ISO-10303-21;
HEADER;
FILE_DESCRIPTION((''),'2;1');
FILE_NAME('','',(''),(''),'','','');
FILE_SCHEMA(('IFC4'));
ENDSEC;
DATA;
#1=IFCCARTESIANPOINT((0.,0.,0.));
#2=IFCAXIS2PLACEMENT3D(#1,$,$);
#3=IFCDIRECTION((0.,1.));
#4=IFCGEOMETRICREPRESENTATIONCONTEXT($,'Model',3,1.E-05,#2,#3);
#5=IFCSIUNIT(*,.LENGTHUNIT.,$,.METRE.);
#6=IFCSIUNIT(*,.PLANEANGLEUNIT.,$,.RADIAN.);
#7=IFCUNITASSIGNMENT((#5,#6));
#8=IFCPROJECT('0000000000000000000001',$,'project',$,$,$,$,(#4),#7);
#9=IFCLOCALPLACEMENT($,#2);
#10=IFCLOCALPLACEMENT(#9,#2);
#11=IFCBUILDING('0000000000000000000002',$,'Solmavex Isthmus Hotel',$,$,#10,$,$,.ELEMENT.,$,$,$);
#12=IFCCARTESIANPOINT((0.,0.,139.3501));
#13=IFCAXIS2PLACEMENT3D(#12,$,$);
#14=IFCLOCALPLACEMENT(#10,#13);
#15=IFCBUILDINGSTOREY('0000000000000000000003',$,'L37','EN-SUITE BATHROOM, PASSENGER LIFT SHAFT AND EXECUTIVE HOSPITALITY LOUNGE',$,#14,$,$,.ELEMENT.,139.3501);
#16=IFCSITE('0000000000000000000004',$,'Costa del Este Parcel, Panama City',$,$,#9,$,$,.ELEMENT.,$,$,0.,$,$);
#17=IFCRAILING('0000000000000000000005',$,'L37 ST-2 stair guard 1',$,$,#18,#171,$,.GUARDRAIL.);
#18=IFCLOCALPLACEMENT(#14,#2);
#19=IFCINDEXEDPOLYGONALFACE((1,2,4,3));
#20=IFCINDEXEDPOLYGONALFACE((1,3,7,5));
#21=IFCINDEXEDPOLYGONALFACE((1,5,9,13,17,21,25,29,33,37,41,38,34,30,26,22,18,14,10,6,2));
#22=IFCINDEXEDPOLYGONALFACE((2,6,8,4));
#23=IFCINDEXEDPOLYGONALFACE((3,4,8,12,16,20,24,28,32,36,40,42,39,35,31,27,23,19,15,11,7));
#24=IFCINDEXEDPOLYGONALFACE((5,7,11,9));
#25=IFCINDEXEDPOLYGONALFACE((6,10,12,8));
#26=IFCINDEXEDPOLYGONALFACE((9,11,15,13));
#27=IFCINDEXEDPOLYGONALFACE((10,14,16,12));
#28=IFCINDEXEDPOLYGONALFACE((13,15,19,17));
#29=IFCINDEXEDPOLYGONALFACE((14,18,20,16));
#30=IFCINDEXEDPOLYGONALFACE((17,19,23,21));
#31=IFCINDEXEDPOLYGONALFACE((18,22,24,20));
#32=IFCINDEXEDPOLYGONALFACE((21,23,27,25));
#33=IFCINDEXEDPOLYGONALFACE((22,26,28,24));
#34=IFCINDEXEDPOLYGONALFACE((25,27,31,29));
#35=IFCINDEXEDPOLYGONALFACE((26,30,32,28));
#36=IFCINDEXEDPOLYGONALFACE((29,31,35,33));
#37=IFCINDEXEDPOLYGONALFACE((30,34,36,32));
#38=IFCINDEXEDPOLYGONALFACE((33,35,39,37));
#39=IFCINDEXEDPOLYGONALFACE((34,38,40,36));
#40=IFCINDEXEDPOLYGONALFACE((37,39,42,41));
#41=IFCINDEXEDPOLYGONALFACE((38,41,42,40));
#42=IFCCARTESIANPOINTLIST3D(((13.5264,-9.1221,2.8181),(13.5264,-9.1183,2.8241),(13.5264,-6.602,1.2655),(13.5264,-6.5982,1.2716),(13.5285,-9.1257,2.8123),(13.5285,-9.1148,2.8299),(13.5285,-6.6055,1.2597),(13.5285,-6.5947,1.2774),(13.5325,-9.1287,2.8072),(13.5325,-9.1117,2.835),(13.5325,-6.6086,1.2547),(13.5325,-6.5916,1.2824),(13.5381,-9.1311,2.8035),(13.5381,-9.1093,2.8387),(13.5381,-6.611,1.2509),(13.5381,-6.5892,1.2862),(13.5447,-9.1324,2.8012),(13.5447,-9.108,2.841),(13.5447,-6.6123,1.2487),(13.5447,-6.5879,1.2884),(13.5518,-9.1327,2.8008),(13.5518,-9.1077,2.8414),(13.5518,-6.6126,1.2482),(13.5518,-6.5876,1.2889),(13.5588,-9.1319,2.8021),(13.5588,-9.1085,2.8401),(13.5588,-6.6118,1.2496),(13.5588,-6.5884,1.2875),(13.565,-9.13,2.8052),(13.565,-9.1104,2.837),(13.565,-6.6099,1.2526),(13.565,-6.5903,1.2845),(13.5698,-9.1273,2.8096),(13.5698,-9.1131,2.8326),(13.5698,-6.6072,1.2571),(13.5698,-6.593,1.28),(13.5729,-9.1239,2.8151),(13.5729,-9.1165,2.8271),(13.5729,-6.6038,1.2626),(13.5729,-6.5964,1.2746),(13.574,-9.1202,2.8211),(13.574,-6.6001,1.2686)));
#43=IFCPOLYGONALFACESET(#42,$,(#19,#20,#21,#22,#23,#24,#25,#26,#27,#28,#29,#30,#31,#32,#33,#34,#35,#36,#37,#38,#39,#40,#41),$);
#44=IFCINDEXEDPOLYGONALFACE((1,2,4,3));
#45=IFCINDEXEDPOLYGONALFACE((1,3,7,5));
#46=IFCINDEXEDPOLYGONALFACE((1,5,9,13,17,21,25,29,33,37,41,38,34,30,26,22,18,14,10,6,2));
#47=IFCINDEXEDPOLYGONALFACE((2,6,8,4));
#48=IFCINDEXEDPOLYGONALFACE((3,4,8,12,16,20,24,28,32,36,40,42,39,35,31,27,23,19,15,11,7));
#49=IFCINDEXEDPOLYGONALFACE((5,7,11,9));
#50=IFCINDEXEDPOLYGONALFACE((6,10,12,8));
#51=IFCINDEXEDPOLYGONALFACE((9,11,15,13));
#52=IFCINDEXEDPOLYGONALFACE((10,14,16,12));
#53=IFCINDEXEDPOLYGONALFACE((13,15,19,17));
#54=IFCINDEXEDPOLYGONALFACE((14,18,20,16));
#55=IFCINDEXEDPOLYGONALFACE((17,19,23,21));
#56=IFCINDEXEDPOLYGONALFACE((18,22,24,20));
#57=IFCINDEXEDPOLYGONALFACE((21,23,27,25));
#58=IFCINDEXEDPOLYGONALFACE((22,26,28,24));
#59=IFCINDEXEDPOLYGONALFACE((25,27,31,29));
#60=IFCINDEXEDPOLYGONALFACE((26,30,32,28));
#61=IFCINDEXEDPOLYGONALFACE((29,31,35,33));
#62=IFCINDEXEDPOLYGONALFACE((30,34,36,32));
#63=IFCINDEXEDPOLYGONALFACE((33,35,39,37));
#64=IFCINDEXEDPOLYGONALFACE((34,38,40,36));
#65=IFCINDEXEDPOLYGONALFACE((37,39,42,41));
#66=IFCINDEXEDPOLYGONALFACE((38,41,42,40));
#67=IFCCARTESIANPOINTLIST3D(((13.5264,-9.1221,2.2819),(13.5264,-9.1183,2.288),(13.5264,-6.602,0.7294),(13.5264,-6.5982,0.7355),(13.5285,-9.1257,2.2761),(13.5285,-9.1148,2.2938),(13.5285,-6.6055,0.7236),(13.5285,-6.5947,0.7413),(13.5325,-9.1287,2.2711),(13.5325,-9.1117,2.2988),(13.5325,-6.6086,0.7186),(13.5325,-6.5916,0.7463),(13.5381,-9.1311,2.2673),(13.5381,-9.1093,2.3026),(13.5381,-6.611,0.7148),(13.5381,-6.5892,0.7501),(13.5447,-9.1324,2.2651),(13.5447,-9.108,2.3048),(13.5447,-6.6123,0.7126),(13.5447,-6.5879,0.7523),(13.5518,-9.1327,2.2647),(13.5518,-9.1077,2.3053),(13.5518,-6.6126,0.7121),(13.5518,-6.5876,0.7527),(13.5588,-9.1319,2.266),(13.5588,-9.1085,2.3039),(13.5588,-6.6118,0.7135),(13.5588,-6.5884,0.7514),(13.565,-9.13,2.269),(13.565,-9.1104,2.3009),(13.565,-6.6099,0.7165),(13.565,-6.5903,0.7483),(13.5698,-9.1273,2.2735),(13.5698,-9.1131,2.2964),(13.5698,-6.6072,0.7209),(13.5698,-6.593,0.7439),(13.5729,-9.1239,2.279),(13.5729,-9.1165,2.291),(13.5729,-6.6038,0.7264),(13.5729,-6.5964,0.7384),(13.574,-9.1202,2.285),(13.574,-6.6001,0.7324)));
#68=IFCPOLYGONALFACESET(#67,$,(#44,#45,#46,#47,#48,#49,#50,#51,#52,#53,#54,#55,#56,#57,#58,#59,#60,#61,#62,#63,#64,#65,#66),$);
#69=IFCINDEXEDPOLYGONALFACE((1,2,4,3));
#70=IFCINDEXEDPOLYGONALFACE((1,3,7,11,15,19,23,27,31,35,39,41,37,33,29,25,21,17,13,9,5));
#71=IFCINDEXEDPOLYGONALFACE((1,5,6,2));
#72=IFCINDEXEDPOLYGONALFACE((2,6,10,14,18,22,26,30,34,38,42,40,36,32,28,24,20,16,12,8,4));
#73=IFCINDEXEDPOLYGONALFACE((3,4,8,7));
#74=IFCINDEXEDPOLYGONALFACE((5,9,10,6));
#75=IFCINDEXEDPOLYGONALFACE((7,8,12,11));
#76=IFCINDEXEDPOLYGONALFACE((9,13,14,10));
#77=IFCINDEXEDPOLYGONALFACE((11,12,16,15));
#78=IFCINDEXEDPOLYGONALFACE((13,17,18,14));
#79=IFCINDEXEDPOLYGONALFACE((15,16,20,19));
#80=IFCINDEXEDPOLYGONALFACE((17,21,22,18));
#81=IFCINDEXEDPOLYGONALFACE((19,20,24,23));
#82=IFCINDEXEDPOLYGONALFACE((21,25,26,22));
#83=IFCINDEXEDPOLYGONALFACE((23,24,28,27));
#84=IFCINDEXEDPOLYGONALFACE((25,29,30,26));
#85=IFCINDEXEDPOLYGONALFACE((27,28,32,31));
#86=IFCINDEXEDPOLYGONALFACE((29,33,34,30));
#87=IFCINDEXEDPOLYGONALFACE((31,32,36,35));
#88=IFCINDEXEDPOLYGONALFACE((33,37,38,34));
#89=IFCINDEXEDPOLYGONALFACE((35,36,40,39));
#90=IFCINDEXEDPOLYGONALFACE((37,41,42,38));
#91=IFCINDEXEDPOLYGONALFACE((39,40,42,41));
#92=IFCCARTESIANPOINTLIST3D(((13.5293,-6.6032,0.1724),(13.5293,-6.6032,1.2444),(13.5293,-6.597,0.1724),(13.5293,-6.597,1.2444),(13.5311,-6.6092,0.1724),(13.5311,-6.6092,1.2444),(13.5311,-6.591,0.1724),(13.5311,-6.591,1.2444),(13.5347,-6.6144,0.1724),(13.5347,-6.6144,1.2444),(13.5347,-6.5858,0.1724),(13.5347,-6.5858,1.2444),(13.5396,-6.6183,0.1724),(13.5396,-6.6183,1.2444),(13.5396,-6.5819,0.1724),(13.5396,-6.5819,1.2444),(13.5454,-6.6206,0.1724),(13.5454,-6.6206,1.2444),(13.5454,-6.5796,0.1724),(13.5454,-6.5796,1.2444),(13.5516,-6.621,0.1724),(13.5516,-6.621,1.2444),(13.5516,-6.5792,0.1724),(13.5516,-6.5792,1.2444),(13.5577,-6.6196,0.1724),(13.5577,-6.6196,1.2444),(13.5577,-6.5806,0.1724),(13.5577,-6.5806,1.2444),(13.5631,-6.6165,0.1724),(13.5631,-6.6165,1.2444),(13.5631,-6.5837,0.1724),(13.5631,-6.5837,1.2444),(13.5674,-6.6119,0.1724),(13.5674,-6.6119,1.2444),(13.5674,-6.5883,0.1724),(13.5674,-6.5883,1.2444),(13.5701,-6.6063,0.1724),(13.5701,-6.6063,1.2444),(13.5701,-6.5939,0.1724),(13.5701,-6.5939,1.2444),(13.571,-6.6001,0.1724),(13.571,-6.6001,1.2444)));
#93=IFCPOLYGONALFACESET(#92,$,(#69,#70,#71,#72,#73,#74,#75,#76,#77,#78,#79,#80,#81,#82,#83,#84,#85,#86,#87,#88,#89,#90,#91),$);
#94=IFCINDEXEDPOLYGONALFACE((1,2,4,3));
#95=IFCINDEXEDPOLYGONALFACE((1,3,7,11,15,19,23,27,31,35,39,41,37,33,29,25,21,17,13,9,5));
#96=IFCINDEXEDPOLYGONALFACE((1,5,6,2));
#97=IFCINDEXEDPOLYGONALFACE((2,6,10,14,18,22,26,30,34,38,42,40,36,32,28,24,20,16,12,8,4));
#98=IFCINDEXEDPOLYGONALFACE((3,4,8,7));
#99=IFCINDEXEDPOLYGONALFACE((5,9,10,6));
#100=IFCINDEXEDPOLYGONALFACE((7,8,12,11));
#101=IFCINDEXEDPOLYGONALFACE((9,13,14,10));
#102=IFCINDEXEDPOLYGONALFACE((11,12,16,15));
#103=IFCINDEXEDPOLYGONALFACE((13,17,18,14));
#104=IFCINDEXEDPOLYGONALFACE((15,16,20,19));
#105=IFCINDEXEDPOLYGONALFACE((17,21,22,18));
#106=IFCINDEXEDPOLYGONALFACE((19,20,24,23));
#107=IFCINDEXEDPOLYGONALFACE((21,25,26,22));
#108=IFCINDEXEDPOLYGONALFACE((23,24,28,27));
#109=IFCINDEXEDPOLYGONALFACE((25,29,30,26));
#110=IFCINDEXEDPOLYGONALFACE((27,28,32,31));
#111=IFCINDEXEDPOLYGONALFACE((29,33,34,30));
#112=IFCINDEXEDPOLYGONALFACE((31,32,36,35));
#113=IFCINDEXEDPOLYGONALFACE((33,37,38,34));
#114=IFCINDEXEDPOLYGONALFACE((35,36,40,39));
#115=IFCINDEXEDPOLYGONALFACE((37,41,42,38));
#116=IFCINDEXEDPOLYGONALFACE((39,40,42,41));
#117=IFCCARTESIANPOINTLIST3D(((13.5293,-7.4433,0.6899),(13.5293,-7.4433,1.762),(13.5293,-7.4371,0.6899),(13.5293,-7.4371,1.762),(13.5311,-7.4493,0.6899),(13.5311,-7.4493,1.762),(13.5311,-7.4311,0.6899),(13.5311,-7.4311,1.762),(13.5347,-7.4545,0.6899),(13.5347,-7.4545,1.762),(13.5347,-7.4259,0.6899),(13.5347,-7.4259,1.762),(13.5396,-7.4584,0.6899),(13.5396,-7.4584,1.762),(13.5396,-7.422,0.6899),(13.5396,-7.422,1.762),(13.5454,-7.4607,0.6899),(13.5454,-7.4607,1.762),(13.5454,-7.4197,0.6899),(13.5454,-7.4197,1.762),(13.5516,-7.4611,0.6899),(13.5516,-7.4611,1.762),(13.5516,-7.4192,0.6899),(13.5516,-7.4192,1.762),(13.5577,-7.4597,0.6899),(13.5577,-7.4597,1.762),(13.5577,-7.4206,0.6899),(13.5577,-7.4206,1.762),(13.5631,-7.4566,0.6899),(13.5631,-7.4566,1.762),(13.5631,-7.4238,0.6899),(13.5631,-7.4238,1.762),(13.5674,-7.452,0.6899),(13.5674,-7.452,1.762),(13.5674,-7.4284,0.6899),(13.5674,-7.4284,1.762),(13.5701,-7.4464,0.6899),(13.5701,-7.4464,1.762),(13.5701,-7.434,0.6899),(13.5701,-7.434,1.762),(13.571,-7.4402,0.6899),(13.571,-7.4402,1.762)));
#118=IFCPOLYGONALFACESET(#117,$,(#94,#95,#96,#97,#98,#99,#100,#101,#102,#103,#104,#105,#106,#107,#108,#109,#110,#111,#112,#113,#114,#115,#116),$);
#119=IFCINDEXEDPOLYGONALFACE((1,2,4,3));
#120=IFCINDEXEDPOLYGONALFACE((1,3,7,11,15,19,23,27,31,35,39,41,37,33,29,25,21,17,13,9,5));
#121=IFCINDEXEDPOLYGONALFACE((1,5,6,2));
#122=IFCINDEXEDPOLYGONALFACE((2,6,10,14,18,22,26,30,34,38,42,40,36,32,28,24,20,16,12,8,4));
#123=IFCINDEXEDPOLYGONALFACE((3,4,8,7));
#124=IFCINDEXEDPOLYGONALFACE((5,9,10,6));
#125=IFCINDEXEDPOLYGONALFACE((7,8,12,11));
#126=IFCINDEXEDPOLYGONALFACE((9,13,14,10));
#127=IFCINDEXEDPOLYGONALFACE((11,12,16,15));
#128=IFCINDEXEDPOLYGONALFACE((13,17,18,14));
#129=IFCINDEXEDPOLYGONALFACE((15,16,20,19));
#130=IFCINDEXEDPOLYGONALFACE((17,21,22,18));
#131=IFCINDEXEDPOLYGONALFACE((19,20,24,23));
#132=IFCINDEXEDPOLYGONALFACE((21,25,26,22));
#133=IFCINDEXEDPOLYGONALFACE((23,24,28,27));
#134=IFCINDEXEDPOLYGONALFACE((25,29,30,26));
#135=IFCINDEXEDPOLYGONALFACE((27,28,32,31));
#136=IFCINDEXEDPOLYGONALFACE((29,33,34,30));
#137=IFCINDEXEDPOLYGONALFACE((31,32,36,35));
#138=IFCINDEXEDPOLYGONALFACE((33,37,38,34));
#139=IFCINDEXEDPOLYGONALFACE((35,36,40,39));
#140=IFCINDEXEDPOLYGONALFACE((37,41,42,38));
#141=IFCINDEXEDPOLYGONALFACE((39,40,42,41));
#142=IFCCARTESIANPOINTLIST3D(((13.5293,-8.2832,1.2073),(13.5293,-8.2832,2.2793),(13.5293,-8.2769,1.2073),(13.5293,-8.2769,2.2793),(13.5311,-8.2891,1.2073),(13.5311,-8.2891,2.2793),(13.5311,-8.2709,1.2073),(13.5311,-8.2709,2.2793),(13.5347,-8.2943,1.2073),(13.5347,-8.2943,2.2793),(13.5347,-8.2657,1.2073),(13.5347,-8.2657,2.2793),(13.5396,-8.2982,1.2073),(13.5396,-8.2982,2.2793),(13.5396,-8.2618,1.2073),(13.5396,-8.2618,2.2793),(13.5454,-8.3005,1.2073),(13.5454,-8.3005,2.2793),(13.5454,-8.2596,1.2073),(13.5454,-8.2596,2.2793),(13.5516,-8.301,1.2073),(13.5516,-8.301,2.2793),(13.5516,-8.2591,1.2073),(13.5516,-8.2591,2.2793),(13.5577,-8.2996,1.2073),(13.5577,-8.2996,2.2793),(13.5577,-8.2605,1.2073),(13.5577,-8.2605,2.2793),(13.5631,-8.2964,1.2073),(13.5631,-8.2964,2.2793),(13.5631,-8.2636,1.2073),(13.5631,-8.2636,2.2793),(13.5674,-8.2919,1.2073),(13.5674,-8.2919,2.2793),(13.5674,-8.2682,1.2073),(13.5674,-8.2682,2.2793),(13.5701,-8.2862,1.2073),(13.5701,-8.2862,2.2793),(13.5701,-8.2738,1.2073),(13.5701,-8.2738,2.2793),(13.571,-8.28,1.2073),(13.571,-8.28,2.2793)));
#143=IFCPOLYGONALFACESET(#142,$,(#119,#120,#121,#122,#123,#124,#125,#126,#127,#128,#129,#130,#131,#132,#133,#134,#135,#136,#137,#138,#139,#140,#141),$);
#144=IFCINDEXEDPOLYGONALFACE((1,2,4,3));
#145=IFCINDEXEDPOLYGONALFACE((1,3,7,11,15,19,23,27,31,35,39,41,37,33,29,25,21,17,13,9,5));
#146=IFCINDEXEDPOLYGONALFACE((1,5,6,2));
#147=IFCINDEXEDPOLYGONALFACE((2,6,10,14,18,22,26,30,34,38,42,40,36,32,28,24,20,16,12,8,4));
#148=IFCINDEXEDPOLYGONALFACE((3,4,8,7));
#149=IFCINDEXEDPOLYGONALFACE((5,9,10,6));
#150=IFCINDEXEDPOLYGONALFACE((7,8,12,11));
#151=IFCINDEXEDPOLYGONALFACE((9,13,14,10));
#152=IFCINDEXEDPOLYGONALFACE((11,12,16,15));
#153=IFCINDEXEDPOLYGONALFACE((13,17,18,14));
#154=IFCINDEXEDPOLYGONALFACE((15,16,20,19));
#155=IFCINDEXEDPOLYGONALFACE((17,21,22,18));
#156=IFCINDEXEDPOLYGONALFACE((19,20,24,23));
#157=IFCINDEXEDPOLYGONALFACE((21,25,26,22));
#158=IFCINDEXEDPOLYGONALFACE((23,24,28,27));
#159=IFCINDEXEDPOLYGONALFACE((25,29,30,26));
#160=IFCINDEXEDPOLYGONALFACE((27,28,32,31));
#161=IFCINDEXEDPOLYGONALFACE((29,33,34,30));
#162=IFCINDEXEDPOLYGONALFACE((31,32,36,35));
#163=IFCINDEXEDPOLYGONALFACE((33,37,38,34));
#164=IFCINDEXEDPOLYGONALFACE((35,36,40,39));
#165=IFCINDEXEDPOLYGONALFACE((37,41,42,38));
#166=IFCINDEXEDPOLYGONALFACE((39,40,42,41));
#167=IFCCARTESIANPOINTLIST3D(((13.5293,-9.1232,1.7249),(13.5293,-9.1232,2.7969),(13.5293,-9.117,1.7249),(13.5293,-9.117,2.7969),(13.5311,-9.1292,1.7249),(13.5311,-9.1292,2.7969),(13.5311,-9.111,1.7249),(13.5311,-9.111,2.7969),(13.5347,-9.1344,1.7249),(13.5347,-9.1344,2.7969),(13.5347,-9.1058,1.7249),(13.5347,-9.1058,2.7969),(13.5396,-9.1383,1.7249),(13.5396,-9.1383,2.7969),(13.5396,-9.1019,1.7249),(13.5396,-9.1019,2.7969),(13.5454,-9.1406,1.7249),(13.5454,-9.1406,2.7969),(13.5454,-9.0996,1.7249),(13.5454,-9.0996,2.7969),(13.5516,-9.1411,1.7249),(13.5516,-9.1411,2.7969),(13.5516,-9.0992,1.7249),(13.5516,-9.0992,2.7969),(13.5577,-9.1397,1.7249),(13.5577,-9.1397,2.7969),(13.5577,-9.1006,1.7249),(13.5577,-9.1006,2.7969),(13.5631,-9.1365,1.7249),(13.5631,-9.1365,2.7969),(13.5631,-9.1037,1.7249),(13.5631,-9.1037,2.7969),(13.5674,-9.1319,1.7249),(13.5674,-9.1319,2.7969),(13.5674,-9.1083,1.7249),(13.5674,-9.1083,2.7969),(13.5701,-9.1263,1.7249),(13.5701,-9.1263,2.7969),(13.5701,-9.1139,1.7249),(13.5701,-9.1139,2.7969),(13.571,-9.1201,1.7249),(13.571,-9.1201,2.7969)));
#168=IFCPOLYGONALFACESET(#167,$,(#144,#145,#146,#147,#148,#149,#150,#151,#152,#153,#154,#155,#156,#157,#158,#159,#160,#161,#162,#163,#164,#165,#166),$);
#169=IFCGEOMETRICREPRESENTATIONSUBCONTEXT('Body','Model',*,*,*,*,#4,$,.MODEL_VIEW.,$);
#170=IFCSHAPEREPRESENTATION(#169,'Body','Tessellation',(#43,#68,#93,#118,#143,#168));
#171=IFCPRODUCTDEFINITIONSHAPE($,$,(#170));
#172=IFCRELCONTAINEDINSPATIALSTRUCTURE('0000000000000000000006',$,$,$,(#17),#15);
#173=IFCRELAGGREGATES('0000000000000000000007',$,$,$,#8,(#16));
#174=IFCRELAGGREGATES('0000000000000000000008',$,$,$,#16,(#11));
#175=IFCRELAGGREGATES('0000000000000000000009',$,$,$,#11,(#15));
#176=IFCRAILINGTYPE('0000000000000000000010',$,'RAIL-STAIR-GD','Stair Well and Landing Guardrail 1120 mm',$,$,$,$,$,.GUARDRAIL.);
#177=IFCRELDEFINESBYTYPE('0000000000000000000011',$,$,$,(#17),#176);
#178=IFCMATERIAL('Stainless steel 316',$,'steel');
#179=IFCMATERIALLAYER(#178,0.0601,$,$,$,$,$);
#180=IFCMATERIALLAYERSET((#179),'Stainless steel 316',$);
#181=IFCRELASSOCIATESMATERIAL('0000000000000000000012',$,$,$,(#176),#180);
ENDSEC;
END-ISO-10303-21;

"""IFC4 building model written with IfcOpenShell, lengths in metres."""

from ifc_helpers import new_model, si_unit, direction, frame, origin, origin_2d, place, context, subcontext, project, spatial, circle, extrude, material, layer, layer_set, type_object, element, save


model = new_model("IFC4")

# Units and contexts
model_context = context("Model", 3, precision=1e-05, world=origin(), true_north=direction((0.0, 1.0)))
body_context = subcontext(model_context, "Body", "Model", "MODEL_VIEW")
ifc_project = project(units=[si_unit("LENGTHUNIT", "METRE"), si_unit("PLANEANGLEUNIT", "RADIAN")], contexts=[model_context])

# Site, building, storey
site_placement = place(None, origin())
site = spatial("IfcSite", under=ifc_project, at=site_placement, Name="Costa del Este Parcel, Panama City", CompositionType="ELEMENT", RefElevation=0.0)
building_placement = place(site_placement, origin())
building = spatial("IfcBuilding", under=site, at=building_placement, Name="Solmavex Isthmus Hotel", CompositionType="ELEMENT")
storey_placement = place(building_placement, frame((0.0, 0.0, 139.3501)))
storey = spatial("IfcBuildingStorey", under=building, at=storey_placement, Name="L37", Description="EN-SUITE BATHROOM, PASSENGER LIFT SHAFT AND EXECUTIVE HOSPITALITY LOUNGE", CompositionType="ELEMENT", Elevation=139.3501)

# Shared definitions
ifc_material_1 = material(Name="Stainless steel 316", Category="steel")

# Railing
ifc_layer_1 = layer(ifc_material_1, 0.0601)
ifc_layer_set_1 = layer_set([ifc_layer_1], Name="Stainless steel 316")
railing_type_1 = type_object("IfcRailingType", Name="RAIL-STAIR-GD", Description="Stair Well and Landing Guardrail 1120 mm", PredefinedType="GUARDRAIL", material=ifc_layer_set_1)
railing_1_placement = place(storey_placement, frame((13.55, -6.6001, 0.1724)))
element("IfcRailing", 1, at=railing_1_placement, inside=storey, type_object=railing_type_1, Name="L37 ST-2 stair guard 1", PredefinedType="GUARDRAIL", context=body_context, shape_type="SweptSolid", body=[
    extrude(circle(Radius=0.0239, at=origin_2d()), frame((0.0, 0.0, 1.0962), z_axis=(0.0, -0.8514, 0.524516), x_axis=(1.0, 0.0, 0.0)), (0.0, 0.0, 1.0), 2.96),
    extrude(circle(Radius=0.0239, at=origin_2d()), frame((0.0, 0.0, 0.5601), z_axis=(0.0, -0.8514, 0.524516), x_axis=(1.0, 0.0, 0.0)), (0.0, 0.0, 1.0), 2.96),
    extrude(circle(Radius=0.021, at=origin_2d()), origin(), (0.0, 0.0, 1.0), 1.072),
    extrude(circle(Radius=0.021, at=origin_2d()), frame((0.0, -0.8401, 0.5176)), (0.0, 0.0, 1.0), 1.072),
    extrude(circle(Radius=0.021, at=origin_2d()), frame((0.0, -1.6799, 1.0349)), (0.0, 0.0, 1.0), 1.072),
    extrude(circle(Radius=0.021, at=origin_2d()), frame((0.0, -2.52, 1.5525)), (0.0, 0.0, 1.0), 1.072),
])

save(model, "model.ifc")
